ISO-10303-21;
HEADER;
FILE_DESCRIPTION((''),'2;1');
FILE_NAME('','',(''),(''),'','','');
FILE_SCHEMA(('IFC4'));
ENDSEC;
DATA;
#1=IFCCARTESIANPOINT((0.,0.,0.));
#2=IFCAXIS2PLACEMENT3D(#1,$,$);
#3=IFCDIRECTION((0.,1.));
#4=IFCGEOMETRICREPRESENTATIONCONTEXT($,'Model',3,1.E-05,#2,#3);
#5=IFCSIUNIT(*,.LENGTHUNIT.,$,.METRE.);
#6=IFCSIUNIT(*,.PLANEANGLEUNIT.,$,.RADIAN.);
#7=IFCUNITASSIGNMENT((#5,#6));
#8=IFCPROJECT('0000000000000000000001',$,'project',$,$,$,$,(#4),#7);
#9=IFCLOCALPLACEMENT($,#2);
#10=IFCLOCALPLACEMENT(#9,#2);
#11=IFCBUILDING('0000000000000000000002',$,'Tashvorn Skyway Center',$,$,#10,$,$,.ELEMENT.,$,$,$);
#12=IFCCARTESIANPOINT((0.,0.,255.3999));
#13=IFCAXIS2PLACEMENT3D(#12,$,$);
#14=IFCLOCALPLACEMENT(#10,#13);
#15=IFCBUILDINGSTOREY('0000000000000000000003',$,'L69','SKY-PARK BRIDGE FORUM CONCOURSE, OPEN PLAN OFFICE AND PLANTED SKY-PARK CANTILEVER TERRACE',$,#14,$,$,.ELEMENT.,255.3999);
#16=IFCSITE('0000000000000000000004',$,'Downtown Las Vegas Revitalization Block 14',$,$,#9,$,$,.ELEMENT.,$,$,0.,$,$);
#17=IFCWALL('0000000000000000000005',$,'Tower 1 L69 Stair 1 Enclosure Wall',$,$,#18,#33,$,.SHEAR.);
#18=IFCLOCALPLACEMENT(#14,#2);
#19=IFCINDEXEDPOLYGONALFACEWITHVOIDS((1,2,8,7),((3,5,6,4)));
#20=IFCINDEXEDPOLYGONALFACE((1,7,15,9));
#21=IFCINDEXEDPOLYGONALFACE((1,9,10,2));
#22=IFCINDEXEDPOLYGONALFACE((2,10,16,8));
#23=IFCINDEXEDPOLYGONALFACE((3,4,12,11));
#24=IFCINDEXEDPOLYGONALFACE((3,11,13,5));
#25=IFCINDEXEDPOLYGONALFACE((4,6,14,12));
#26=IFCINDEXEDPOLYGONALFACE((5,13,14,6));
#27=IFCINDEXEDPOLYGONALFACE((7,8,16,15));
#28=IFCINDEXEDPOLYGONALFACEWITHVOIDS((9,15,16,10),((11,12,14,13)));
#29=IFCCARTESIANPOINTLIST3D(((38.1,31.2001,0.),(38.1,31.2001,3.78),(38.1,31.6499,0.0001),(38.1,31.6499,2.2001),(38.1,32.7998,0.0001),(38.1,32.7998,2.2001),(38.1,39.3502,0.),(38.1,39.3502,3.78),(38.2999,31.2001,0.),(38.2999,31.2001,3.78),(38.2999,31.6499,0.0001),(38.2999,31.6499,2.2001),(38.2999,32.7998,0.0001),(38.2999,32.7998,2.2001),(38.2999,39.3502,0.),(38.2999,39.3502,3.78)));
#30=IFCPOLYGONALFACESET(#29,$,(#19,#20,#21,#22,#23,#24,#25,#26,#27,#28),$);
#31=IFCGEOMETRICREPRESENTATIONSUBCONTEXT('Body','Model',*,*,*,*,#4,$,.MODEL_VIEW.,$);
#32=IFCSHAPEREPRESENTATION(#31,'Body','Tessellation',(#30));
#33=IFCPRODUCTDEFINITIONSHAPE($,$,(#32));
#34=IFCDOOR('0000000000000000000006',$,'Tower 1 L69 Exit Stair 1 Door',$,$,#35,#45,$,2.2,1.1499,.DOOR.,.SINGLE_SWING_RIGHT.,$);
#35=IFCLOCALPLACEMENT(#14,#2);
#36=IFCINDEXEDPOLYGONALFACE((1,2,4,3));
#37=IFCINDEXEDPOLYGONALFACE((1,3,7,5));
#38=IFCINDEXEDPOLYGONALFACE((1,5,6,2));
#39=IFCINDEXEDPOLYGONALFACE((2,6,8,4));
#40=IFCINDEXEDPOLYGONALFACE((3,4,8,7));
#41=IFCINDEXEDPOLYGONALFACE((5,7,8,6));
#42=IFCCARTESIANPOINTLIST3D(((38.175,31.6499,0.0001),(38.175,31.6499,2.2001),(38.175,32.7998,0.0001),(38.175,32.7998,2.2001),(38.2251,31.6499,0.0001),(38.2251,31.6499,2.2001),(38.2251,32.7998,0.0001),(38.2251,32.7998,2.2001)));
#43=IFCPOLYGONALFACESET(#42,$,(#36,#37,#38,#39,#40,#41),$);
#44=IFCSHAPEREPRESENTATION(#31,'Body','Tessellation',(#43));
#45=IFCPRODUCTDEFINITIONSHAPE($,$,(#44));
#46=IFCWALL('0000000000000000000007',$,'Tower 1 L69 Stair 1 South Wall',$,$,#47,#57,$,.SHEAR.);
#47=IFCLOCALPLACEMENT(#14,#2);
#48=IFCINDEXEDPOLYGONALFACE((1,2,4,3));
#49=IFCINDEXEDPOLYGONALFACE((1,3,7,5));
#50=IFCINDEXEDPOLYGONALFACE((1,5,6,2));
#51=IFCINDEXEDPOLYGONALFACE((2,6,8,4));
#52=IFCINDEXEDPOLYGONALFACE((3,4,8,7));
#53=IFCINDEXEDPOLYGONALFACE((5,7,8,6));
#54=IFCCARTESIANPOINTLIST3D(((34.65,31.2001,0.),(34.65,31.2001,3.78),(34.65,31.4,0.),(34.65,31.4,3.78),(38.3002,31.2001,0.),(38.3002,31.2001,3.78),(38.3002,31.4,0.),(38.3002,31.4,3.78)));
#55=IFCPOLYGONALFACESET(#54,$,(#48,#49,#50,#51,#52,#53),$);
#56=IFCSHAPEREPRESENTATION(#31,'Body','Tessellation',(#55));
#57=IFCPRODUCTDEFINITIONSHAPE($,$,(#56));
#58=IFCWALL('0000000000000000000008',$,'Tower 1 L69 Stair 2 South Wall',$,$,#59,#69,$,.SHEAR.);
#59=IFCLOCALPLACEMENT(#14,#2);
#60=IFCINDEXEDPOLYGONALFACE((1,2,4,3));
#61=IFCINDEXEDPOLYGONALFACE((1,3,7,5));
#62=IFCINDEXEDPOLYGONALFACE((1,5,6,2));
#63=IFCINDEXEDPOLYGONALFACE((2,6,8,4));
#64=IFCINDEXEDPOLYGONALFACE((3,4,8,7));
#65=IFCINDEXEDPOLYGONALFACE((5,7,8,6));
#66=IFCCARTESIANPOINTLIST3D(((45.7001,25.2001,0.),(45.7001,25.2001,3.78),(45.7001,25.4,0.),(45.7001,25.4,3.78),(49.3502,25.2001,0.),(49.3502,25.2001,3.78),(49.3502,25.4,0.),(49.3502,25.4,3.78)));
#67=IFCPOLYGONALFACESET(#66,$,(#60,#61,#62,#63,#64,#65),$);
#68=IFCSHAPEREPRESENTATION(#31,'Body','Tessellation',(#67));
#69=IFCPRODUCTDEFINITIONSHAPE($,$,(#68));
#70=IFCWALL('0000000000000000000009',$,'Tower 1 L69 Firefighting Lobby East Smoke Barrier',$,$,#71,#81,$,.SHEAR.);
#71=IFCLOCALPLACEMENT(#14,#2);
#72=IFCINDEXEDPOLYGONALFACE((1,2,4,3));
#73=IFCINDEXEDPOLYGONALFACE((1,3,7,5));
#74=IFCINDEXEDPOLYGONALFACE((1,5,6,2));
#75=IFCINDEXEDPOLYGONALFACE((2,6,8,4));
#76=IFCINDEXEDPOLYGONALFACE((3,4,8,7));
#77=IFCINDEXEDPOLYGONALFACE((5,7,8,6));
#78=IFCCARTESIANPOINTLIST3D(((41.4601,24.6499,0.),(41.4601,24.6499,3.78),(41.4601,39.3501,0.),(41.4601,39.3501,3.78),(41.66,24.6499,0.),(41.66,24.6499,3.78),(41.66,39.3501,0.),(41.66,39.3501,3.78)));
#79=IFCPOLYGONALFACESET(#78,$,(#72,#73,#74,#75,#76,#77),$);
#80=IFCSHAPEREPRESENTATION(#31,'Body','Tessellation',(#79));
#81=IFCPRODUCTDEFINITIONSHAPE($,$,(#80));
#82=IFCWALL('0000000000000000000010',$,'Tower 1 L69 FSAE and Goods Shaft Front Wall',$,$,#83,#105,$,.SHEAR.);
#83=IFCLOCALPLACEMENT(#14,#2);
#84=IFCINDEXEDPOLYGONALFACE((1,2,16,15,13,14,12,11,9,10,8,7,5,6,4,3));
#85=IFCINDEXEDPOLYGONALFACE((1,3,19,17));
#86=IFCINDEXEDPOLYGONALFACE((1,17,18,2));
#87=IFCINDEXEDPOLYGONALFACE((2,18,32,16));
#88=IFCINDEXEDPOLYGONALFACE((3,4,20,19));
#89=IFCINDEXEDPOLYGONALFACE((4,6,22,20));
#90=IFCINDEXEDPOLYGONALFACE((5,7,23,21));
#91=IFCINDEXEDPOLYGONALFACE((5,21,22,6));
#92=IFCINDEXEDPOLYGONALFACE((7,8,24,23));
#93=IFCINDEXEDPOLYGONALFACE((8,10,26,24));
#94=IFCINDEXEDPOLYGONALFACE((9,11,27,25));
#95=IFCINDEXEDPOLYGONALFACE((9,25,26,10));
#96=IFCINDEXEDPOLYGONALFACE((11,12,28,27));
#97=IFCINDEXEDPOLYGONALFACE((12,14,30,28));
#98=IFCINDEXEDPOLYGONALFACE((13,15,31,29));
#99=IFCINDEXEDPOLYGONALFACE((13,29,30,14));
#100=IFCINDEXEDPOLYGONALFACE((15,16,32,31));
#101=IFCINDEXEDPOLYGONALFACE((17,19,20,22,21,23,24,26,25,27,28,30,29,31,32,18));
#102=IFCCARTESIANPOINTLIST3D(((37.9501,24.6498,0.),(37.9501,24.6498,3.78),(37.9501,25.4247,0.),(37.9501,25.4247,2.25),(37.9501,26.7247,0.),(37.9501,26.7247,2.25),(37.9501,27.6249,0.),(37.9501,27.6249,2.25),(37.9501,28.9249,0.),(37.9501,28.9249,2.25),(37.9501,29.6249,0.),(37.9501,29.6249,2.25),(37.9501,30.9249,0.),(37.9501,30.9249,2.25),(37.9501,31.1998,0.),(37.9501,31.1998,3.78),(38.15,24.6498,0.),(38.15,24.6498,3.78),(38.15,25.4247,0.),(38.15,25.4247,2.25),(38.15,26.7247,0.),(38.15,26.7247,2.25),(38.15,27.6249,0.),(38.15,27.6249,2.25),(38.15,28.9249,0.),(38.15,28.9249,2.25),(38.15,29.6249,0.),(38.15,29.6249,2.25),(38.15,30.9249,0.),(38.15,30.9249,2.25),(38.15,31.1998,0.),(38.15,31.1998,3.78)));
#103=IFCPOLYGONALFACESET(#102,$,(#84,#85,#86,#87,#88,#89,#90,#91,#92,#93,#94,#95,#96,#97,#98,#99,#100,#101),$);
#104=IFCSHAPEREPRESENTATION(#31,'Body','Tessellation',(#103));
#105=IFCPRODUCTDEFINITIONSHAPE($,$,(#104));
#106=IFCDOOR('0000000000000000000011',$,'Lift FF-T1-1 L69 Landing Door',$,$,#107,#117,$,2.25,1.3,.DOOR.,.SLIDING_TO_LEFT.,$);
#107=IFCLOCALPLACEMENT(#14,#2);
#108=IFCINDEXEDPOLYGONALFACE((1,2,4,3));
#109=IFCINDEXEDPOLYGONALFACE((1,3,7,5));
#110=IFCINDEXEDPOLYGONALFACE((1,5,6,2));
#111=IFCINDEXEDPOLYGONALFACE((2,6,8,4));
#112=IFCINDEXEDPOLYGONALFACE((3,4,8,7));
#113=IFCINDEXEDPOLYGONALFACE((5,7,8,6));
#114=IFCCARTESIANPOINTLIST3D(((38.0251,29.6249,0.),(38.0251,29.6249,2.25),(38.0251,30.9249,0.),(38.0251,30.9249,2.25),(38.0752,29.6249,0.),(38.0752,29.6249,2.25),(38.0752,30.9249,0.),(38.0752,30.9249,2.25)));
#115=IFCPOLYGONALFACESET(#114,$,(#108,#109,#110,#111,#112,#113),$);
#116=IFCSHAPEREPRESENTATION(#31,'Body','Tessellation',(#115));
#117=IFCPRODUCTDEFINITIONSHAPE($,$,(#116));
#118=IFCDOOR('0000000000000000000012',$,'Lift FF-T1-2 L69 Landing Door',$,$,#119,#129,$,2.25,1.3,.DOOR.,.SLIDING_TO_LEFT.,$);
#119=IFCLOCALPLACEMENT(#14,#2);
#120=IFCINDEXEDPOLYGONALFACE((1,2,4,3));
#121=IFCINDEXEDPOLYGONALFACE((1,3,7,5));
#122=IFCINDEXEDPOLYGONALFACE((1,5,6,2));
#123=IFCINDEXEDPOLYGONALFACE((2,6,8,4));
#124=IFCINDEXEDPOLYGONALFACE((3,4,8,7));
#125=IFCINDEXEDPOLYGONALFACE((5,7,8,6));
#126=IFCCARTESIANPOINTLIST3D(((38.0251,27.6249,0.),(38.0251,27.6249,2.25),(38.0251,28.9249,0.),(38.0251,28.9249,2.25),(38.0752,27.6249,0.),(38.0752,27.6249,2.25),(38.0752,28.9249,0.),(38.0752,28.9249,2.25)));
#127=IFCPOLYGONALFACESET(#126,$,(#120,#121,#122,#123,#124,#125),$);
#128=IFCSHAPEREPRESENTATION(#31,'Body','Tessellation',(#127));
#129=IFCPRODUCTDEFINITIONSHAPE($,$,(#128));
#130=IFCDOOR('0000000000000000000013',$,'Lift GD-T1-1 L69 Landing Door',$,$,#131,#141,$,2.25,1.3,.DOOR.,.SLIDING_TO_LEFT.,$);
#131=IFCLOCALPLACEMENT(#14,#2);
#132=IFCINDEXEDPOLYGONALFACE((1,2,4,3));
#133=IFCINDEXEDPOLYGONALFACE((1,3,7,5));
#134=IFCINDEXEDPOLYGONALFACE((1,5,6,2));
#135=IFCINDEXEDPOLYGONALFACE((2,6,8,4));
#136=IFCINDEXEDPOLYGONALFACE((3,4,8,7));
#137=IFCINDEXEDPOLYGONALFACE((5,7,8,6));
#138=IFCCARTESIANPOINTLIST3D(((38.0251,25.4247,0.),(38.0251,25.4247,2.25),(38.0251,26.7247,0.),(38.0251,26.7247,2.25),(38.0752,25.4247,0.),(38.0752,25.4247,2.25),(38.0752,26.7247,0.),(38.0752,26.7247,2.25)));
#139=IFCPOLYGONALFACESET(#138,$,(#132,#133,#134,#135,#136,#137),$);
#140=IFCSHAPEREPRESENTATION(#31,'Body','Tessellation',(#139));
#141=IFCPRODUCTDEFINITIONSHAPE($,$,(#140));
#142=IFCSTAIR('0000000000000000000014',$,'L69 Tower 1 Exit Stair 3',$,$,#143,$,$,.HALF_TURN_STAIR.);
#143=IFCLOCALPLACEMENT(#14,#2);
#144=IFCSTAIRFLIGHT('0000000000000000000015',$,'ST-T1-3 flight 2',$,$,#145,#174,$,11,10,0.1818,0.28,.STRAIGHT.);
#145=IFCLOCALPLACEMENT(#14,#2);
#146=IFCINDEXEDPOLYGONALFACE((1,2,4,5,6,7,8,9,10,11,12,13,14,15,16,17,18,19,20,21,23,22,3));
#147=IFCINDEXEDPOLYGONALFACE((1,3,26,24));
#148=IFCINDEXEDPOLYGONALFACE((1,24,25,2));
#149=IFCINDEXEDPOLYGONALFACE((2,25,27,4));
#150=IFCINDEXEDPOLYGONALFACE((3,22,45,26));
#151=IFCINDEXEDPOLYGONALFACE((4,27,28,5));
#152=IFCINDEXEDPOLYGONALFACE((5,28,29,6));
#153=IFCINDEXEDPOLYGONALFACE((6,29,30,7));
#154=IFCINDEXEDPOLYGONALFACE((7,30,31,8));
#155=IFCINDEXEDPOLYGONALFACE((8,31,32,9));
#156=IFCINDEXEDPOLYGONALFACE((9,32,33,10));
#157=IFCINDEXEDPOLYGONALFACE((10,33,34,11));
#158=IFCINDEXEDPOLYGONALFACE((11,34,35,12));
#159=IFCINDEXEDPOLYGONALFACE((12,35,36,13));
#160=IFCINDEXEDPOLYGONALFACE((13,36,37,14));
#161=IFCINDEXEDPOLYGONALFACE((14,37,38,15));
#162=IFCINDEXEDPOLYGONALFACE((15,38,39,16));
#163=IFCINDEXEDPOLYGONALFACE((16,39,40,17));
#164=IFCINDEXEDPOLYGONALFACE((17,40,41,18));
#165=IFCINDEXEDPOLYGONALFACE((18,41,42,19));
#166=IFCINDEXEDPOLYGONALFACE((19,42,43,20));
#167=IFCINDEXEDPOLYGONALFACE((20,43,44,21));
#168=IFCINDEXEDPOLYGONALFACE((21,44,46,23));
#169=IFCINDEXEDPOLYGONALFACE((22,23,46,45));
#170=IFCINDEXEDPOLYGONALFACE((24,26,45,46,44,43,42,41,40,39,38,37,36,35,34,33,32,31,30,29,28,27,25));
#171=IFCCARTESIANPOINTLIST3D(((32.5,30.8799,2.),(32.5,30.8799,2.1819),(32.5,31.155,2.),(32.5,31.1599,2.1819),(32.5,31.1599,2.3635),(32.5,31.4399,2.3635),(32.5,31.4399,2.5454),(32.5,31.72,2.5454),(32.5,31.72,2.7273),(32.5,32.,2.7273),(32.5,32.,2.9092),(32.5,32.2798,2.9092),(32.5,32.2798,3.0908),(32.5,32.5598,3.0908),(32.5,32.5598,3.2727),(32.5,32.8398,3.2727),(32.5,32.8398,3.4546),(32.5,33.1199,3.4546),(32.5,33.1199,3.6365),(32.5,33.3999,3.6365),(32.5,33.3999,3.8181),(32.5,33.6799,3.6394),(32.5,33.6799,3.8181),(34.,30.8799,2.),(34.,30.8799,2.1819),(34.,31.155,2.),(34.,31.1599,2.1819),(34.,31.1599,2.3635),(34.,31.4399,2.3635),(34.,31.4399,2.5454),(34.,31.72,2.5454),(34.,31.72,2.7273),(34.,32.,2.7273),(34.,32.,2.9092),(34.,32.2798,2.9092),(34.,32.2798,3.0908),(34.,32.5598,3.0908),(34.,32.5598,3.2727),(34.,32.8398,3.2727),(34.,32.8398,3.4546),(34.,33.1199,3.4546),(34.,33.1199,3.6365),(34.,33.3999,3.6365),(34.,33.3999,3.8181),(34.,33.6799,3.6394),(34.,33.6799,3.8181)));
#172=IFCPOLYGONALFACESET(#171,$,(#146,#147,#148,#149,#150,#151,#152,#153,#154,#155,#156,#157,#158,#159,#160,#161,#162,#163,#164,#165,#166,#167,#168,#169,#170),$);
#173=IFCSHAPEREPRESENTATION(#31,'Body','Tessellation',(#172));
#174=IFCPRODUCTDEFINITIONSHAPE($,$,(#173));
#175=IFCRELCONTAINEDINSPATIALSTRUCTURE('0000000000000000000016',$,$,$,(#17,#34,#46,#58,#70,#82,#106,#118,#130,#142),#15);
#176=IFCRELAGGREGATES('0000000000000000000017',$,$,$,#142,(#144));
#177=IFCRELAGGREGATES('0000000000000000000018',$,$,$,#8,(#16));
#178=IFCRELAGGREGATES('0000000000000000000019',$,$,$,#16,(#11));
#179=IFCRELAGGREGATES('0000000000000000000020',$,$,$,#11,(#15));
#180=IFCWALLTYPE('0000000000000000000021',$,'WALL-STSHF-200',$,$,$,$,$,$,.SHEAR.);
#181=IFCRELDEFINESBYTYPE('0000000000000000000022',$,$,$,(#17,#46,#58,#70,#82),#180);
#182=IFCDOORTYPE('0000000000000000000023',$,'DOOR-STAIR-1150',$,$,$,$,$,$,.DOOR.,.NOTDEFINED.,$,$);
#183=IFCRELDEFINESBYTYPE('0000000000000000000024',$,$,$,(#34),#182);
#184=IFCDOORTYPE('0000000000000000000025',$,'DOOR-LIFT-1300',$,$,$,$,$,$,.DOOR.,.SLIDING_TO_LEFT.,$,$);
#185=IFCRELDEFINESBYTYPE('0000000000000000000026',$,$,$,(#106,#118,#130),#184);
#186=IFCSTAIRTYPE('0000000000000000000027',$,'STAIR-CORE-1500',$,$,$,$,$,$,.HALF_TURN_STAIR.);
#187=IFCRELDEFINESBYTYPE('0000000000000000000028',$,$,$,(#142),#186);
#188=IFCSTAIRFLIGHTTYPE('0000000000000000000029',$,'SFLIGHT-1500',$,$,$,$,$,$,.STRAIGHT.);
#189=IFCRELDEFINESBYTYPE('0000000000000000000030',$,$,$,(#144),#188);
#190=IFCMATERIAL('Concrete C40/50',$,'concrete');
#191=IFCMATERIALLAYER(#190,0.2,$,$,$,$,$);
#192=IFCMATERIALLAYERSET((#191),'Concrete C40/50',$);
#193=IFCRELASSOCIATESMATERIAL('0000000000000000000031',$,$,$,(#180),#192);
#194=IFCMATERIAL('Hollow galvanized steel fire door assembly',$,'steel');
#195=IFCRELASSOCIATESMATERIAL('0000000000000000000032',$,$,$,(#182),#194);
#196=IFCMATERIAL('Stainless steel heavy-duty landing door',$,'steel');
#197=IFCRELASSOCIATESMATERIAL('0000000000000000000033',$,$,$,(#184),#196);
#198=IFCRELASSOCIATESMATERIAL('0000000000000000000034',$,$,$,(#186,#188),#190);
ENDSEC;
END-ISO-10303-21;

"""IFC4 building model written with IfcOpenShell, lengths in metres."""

from ifc_helpers import new_model, si_unit, direction, frame, frame_2d, origin, place, context, subcontext, project, spatial, polyline, rectangle, outline, extrude, material, layer, layer_set, type_object, element, fill, aggregate, save


model = new_model("IFC4")

# Units and contexts
model_context = context("Model", 3, precision=1e-05, world=origin(), true_north=direction((0.0, 1.0)))
body_context = subcontext(model_context, "Body", "Model", "MODEL_VIEW")
ifc_project = project(units=[si_unit("LENGTHUNIT", "METRE"), si_unit("PLANEANGLEUNIT", "RADIAN")], contexts=[model_context])

# Site, building, storey
site_placement = place(None, origin())
site = spatial("IfcSite", under=ifc_project, at=site_placement, Name="Downtown Las Vegas Revitalization Block 14", CompositionType="ELEMENT", RefElevation=0.0)
building_placement = place(site_placement, origin())
building = spatial("IfcBuilding", under=site, at=building_placement, Name="Tashvorn Skyway Center", CompositionType="ELEMENT")
storey_placement = place(building_placement, frame((0.0, 0.0, 255.3999)))
storey = spatial("IfcBuildingStorey", under=building, at=storey_placement, Name="L69", Description="SKY-PARK BRIDGE FORUM CONCOURSE, OPEN PLAN OFFICE AND PLANTED SKY-PARK CANTILEVER TERRACE", CompositionType="ELEMENT", Elevation=255.3999)

# Shared definitions
ifc_material_1 = material(Name="Concrete C40/50", Category="concrete")
ifc_material_2 = material(Name="Hollow galvanized steel fire door assembly", Category="steel")

# Wall, opening, door
ifc_layer_1 = layer(ifc_material_1, 0.2)
ifc_layer_set_1 = layer_set([ifc_layer_1], Name="Concrete C40/50")
wall_type_1 = type_object("IfcWallType", Name="WALL-STSHF-200", PredefinedType="SHEAR", material=ifc_layer_set_1)
wall_1_placement = place(storey_placement, frame((38.2, 31.2, 0.0), z_axis=(0.0, 0.0, 1.0), x_axis=(0.0, 1.0, 0.0)))
wall_1 = element("IfcWall", 1, at=wall_1_placement, inside=storey, type_object=wall_type_1, Name="Tower 1 L69 Stair 1 Enclosure Wall", PredefinedType="SHEAR", context=body_context, shape_type="SweptSolid", body=[
    extrude(rectangle(XDim=8.1501, YDim=0.2, at=frame_2d((4.0752, 0.0))), origin(), (0.0, 0.0, 1.0), 3.78),
])
opening_1_placement = place(wall_1_placement, frame((0.45, 0.0, 0.0)))
opening_1 = element("IfcOpeningElement", 2, at=opening_1_placement, cuts=wall_1, PredefinedType="OPENING", context=body_context, shape_type="SweptSolid", body=[
    extrude(rectangle(XDim=1.1499, YDim=2.2, at=frame_2d((0.575, 1.1001))), frame((0.0, 0.1099, 0.0), z_axis=(0.0, -1.0, 0.0), x_axis=(1.0, 0.0, 0.0)), (0.0, 0.0, 1.0), 0.22),
])
door_type_1 = type_object("IfcDoorType", Name="DOOR-STAIR-1150", OperationType="NOTDEFINED", PredefinedType="DOOR", material=ifc_material_2)
door_1_placement = place(opening_1_placement, origin())
door_1 = element("IfcDoor", 3, at=door_1_placement, inside=storey, type_object=door_type_1, Name="Tower 1 L69 Exit Stair 1 Door", OperationType="SINGLE_SWING_RIGHT", OverallHeight=2.2, OverallWidth=1.1499, PredefinedType="DOOR", context=body_context, shape_type="SweptSolid", body=[
    extrude(rectangle(XDim=1.1499, YDim=2.2, at=frame_2d((0.575, 1.1001))), frame((0.0, 0.0249, 0.0), z_axis=(0.0, -1.0, 0.0), x_axis=(1.0, 0.0, 0.0)), (0.0, 0.0, 1.0), 0.05),
])
fill(opening_1, door_1)

# Walls
for number, where, z_axis, x_axis, name in (
    (4, (34.6499, 31.3, 0.0), (0.0, 0.0, 1.0), (1.0, 0.0, 0.0), "Tower 1 L69 Stair 1 South Wall"),
    (5, (45.7, 25.3, 0.0), (0.0, 0.0, 1.0), (1.0, 0.0, 0.0), "Tower 1 L69 Stair 2 South Wall"),
):
    element("IfcWall", number, at=place(storey_placement, frame(where, z_axis=z_axis, x_axis=x_axis)), inside=storey, type_object=wall_type_1, Name=name, PredefinedType="SHEAR", context=body_context, shape_type="SweptSolid", body=[
        extrude(rectangle(XDim=3.6501, YDim=0.2, at=frame_2d((1.8252, 0.0))), origin(), (0.0, 0.0, 1.0), 3.78),
    ])
wall_2_placement = place(storey_placement, frame((41.5601, 24.6499, 0.0), z_axis=(0.0, 0.0, 1.0), x_axis=(0.0, 1.0, 0.0)))
element("IfcWall", 6, at=wall_2_placement, inside=storey, type_object=wall_type_1, Name="Tower 1 L69 Firefighting Lobby East Smoke Barrier", PredefinedType="SHEAR", context=body_context, shape_type="SweptSolid", body=[
    extrude(rectangle(XDim=14.7002, YDim=0.2, at=frame_2d((7.3501, 0.0))), origin(), (0.0, 0.0, 1.0), 3.78),
])

# Wall, openings, doors
wall_3_placement = place(storey_placement, frame((38.05, 24.6499, 0.0), z_axis=(0.0, 0.0, 1.0), x_axis=(0.0, 1.0, 0.0)))
wall_3 = element("IfcWall", 7, at=wall_3_placement, inside=storey, type_object=wall_type_1, Name="Tower 1 L69 FSAE and Goods Shaft Front Wall", PredefinedType="SHEAR", context=body_context, shape_type="SweptSolid", body=[
    extrude(rectangle(XDim=6.55, YDim=0.2, at=frame_2d((3.2749, 0.0))), origin(), (0.0, 0.0, 1.0), 3.78),
])
opening_2_placement = place(wall_3_placement, frame((4.9751, 0.0, 0.0)))
opening_2 = element("IfcOpeningElement", 8, at=opening_2_placement, cuts=wall_3, PredefinedType="OPENING", context=body_context, shape_type="SweptSolid", body=[
    extrude(rectangle(XDim=1.3, YDim=2.25, at=frame_2d((0.6499, 1.125))), frame((0.0, 0.1099, 0.0), z_axis=(0.0, -1.0, 0.0), x_axis=(1.0, 0.0, 0.0)), (0.0, 0.0, 1.0), 0.22),
])
opening_3_placement = place(wall_3_placement, frame((2.9751, 0.0, 0.0)))
opening_3 = element("IfcOpeningElement", 9, at=opening_3_placement, cuts=wall_3, PredefinedType="OPENING", context=body_context, shape_type="SweptSolid", body=[
    extrude(rectangle(XDim=1.3, YDim=2.25, at=frame_2d((0.6499, 1.125))), frame((0.0, 0.1099, 0.0), z_axis=(0.0, -1.0, 0.0), x_axis=(1.0, 0.0, 0.0)), (0.0, 0.0, 1.0), 0.22),
])
opening_4_placement = place(wall_3_placement, frame((0.7749, 0.0, 0.0)))
opening_4 = element("IfcOpeningElement", 10, at=opening_4_placement, cuts=wall_3, PredefinedType="OPENING", context=body_context, shape_type="SweptSolid", body=[
    extrude(rectangle(XDim=1.3, YDim=2.25, at=frame_2d((0.6499, 1.125))), frame((0.0, 0.1099, 0.0), z_axis=(0.0, -1.0, 0.0), x_axis=(1.0, 0.0, 0.0)), (0.0, 0.0, 1.0), 0.22),
])
ifc_material_3 = material(Name="Stainless steel heavy-duty landing door", Category="steel")
door_type_2 = type_object("IfcDoorType", Name="DOOR-LIFT-1300", OperationType="SLIDING_TO_LEFT", PredefinedType="DOOR", material=ifc_material_3)
door_2_placement = place(opening_2_placement, origin())
door_2 = element("IfcDoor", 11, at=door_2_placement, inside=storey, type_object=door_type_2, Name="Lift FF-T1-1 L69 Landing Door", OperationType="SLIDING_TO_LEFT", OverallHeight=2.25, OverallWidth=1.3, PredefinedType="DOOR", context=body_context, shape_type="SweptSolid", body=[
    extrude(rectangle(XDim=1.3, YDim=2.25, at=frame_2d((0.6499, 1.125))), frame((0.0, 0.0249, 0.0), z_axis=(0.0, -1.0, 0.0), x_axis=(1.0, 0.0, 0.0)), (0.0, 0.0, 1.0), 0.05),
])
fill(opening_2, door_2)
door_3_placement = place(opening_3_placement, origin())
door_3 = element("IfcDoor", 12, at=door_3_placement, inside=storey, type_object=door_type_2, Name="Lift FF-T1-2 L69 Landing Door", OperationType="SLIDING_TO_LEFT", OverallHeight=2.25, OverallWidth=1.3, PredefinedType="DOOR", context=body_context, shape_type="SweptSolid", body=[
    extrude(rectangle(XDim=1.3, YDim=2.25, at=frame_2d((0.6499, 1.125))), frame((0.0, 0.0249, 0.0), z_axis=(0.0, -1.0, 0.0), x_axis=(1.0, 0.0, 0.0)), (0.0, 0.0, 1.0), 0.05),
])
fill(opening_3, door_3)
door_4_placement = place(opening_4_placement, origin())
door_4 = element("IfcDoor", 13, at=door_4_placement, inside=storey, type_object=door_type_2, Name="Lift GD-T1-1 L69 Landing Door", OperationType="SLIDING_TO_LEFT", OverallHeight=2.25, OverallWidth=1.3, PredefinedType="DOOR", context=body_context, shape_type="SweptSolid", body=[
    extrude(rectangle(XDim=1.3, YDim=2.25, at=frame_2d((0.6499, 1.125))), frame((0.0, 0.0249, 0.0), z_axis=(0.0, -1.0, 0.0), x_axis=(1.0, 0.0, 0.0)), (0.0, 0.0, 1.0), 0.05),
])
fill(opening_4, door_4)

# Stair, stair flight
stair_type = type_object("IfcStairType", Name="STAIR-CORE-1500", PredefinedType="HALF_TURN_STAIR", material=ifc_material_1)
stair_placement = place(storey_placement, origin())
stair = element("IfcStair", 14, at=stair_placement, inside=storey, type_object=stair_type, Name="L69 Tower 1 Exit Stair 3", PredefinedType="HALF_TURN_STAIR")
stair_flight_type = type_object("IfcStairFlightType", Name="SFLIGHT-1500", PredefinedType="STRAIGHT", material=ifc_material_1)
stair_flight_placement = place(storey_placement, frame((33.25, 30.8799, 2.0), z_axis=(0.0, 0.0, 1.0), x_axis=(0.0, 1.0, 0.0)))
stair_flight = element("IfcStairFlight", 15, at=stair_flight_placement, type_object=stair_flight_type, Name="ST-T1-3 flight 2", NumberOfRisers=11, NumberOfTreads=10, PredefinedType="STRAIGHT", RiserHeight=0.1818, TreadLength=0.28, context=body_context, shape_type="SweptSolid", body=[
    extrude(outline(polyline([(0.0, 0.0), (0.0, 0.1819), (0.28, 0.1819), (0.28, 0.3635), (0.5601, 0.3635), (0.5601, 0.5454), (0.8401, 0.5454), (0.8401, 0.7273), (1.1201, 0.7273), (1.1201, 0.9092), (1.3999, 0.9092), (1.3999, 1.0908), (1.6799, 1.0908), (1.6799, 1.2727), (1.96, 1.2727), (1.96, 1.4546), (2.24, 1.4546), (2.24, 1.6365), (2.52, 1.6365), (2.52, 1.8181), (2.8, 1.8181), (2.8, 2.0), (2.8, 1.6394), (0.2751, 0.0), (0.0, 0.0)])), frame((0.0, 0.75, 0.0), z_axis=(0.0, -1.0, 0.0), x_axis=(1.0, 0.0, 0.0)), (0.0, 0.0, 1.0), 1.5),
])
aggregate(stair, [stair_flight])

save(model, "model.ifc")
